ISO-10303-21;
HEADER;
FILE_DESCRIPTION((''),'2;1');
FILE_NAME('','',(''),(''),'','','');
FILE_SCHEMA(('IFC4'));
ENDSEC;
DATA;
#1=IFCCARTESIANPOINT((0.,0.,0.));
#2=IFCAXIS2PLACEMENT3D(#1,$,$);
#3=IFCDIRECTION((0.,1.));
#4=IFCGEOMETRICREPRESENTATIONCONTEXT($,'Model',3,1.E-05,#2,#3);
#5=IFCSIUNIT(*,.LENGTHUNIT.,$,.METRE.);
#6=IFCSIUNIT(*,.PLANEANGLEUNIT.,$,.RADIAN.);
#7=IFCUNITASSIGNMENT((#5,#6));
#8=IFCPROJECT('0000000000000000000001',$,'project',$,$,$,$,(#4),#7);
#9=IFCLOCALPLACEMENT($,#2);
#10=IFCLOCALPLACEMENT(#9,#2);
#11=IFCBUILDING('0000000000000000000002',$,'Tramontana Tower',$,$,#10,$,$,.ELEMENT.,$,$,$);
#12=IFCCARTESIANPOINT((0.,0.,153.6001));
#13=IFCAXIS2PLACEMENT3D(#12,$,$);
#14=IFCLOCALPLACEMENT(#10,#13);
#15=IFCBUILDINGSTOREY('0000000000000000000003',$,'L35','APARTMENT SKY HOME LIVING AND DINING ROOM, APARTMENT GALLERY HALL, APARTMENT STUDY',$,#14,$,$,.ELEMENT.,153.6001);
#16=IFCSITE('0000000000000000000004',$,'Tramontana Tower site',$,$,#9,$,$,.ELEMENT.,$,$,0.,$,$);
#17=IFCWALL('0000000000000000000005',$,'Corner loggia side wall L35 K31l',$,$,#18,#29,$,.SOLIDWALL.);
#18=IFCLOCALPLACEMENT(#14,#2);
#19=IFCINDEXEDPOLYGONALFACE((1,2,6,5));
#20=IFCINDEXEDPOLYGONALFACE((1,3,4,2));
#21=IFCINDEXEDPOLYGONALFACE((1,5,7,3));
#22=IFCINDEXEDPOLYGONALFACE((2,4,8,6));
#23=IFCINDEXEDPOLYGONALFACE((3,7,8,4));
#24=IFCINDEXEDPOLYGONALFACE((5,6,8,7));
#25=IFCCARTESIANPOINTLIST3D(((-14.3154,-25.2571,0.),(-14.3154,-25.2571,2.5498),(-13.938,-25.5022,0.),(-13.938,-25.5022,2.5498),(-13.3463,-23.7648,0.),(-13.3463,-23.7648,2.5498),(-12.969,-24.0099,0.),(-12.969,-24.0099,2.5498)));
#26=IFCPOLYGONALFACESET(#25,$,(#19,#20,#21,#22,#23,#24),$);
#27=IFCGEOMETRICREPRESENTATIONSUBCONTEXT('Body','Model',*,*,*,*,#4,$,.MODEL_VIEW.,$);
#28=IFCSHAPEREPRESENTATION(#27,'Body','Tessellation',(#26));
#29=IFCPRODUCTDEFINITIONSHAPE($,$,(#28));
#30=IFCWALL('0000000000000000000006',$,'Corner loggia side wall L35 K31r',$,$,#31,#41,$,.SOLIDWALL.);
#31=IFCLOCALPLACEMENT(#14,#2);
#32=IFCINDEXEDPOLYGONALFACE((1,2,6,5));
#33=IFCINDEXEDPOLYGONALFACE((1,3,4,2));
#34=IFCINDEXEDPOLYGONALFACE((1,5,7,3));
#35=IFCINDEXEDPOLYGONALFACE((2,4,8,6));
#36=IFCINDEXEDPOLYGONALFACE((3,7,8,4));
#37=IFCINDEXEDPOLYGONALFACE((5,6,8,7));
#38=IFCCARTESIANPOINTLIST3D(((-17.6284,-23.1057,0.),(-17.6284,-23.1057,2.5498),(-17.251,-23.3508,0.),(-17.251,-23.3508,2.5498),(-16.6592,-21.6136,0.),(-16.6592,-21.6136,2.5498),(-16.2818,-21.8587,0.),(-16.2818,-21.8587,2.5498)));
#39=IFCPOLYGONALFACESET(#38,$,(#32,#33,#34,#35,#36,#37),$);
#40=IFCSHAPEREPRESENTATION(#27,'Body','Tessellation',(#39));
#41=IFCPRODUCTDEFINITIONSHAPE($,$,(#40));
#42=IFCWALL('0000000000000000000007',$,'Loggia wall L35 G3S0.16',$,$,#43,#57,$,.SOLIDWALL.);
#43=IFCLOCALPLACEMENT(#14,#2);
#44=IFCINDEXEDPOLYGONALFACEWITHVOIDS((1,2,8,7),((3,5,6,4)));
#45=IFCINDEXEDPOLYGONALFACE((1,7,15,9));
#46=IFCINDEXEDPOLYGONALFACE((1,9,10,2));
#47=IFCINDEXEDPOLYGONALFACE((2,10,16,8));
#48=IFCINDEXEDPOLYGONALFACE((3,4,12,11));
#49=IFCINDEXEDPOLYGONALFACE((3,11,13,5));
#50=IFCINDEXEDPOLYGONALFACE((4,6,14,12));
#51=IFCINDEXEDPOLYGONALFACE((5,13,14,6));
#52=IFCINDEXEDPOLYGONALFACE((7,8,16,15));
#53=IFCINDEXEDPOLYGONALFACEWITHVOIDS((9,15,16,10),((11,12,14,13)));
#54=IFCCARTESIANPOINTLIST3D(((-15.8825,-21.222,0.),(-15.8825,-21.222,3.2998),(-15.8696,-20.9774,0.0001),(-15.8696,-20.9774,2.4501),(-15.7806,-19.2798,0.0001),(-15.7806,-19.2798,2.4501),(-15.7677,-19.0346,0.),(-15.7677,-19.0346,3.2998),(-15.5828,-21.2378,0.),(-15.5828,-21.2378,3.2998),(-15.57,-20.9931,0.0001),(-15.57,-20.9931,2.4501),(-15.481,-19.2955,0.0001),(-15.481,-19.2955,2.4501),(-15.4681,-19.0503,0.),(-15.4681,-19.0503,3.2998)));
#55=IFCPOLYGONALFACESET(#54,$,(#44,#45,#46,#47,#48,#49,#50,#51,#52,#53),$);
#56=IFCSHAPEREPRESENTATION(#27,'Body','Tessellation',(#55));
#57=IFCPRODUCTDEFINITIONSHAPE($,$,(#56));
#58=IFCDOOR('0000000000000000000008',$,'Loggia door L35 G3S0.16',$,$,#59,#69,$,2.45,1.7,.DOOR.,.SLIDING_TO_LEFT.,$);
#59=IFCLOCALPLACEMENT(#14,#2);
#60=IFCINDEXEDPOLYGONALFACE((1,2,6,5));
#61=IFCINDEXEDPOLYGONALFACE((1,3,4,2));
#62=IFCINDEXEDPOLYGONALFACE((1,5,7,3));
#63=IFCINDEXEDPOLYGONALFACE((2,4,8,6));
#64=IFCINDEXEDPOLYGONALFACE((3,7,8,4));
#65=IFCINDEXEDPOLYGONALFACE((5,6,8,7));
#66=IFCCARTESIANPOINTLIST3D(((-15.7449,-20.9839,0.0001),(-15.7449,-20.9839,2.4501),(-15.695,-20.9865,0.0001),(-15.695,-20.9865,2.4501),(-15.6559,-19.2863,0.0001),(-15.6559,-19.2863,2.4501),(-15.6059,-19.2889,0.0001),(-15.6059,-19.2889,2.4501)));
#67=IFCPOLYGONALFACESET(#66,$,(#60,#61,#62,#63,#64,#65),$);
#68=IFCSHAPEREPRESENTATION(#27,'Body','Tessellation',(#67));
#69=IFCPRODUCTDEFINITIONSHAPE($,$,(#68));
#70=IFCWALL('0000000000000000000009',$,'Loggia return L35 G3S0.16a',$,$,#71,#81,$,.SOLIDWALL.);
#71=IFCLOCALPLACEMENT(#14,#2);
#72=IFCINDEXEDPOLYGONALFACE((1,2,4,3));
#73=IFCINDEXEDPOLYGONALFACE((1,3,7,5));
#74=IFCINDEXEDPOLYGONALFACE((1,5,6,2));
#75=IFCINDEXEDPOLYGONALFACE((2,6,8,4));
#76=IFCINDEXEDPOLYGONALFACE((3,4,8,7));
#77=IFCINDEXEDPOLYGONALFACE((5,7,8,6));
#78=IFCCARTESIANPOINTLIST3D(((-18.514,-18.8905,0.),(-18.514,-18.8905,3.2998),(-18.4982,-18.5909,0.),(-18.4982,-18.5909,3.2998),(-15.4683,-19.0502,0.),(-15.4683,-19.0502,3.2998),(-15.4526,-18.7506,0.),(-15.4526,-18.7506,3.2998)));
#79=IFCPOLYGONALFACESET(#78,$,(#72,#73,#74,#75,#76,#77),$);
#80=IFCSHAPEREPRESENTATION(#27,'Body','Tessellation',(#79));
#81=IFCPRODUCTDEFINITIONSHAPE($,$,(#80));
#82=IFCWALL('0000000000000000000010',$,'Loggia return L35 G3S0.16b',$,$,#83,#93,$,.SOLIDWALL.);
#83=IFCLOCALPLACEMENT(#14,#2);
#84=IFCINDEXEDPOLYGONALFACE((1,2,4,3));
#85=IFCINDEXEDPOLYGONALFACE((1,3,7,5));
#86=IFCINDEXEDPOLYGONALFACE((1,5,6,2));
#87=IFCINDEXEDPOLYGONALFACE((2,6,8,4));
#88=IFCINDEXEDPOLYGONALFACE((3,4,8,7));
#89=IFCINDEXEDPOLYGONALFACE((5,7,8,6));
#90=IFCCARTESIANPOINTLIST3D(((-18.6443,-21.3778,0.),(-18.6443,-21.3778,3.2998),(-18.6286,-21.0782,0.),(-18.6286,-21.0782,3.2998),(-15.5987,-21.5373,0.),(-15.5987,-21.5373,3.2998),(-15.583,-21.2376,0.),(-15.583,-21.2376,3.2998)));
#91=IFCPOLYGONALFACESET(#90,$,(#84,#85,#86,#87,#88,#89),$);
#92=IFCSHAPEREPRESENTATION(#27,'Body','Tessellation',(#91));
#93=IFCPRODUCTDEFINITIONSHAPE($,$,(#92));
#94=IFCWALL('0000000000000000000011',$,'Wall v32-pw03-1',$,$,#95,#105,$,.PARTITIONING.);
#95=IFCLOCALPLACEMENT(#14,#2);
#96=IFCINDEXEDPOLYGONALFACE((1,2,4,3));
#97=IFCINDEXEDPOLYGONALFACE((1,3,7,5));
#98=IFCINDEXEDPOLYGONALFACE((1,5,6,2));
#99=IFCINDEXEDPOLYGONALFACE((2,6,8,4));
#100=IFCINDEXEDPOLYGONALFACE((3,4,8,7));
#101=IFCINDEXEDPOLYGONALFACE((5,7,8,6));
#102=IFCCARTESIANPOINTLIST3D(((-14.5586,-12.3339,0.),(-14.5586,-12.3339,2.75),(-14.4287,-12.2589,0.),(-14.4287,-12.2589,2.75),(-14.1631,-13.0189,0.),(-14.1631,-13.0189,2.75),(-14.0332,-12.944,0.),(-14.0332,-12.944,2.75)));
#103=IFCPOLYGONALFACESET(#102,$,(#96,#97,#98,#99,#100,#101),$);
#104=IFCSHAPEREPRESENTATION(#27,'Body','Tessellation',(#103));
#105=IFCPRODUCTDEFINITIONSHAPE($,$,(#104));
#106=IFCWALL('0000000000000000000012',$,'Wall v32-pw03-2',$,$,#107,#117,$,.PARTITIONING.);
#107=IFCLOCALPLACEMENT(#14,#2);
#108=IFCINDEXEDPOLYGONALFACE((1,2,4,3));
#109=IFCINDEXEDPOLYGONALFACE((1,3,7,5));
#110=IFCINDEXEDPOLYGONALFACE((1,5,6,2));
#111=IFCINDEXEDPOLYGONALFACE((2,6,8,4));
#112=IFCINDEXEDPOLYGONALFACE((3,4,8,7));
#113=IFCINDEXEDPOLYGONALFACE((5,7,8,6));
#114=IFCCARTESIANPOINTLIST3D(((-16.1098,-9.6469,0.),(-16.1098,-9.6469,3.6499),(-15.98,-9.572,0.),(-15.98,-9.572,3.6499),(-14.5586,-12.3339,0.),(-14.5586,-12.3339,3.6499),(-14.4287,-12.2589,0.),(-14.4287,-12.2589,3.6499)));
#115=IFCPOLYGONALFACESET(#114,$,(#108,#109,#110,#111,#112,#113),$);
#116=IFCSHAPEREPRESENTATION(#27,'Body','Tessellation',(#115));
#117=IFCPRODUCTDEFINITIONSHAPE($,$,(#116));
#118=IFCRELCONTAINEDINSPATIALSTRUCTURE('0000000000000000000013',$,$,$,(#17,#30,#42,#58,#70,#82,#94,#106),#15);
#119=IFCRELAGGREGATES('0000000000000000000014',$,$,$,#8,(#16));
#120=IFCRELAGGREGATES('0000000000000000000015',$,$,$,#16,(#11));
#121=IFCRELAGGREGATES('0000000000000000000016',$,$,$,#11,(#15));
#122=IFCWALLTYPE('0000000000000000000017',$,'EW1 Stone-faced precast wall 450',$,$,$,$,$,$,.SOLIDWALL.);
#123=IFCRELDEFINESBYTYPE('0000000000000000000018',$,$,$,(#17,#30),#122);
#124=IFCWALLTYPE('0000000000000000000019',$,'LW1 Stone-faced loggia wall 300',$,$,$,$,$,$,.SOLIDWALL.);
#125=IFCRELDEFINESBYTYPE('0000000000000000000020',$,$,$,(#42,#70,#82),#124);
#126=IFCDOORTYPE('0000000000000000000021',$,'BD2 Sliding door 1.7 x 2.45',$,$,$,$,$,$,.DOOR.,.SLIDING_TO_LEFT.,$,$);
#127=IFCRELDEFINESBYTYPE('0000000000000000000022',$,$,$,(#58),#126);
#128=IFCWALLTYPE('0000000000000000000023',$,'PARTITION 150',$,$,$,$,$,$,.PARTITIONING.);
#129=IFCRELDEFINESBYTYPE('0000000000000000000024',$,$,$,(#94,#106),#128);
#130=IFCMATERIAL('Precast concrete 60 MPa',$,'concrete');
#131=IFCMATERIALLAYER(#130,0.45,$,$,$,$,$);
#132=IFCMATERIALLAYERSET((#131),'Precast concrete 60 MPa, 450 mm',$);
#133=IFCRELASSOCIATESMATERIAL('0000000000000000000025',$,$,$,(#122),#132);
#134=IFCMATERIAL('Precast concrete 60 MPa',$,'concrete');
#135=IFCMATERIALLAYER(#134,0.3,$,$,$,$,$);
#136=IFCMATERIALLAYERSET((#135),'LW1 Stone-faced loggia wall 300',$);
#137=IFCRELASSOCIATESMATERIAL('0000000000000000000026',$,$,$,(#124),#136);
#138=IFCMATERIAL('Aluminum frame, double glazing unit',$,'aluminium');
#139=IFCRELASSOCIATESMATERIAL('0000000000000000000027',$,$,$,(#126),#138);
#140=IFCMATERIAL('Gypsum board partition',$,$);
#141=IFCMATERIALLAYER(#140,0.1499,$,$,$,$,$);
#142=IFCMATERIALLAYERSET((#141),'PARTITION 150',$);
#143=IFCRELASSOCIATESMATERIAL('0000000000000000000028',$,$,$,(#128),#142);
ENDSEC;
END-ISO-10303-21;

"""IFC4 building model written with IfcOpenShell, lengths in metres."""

from ifc_helpers import new_model, si_unit, direction, frame, frame_2d, origin, place, context, subcontext, project, spatial, rectangle, extrude, material, layer, layer_set, type_object, element, fill, save


model = new_model("IFC4")

# Units and contexts
model_context = context("Model", 3, precision=1e-05, world=origin(), true_north=direction((0.0, 1.0)))
body_context = subcontext(model_context, "Body", "Model", "MODEL_VIEW")
ifc_project = project(units=[si_unit("LENGTHUNIT", "METRE"), si_unit("PLANEANGLEUNIT", "RADIAN")], contexts=[model_context])

# Site, building, storey
site_placement = place(None, origin())
site = spatial("IfcSite", under=ifc_project, at=site_placement, Name="Tramontana Tower site", CompositionType="ELEMENT", RefElevation=0.0)
building_placement = place(site_placement, origin())
building = spatial("IfcBuilding", under=site, at=building_placement, Name="Tramontana Tower", CompositionType="ELEMENT")
storey_placement = place(building_placement, frame((0.0, 0.0, 153.6001)))
storey = spatial("IfcBuildingStorey", under=building, at=storey_placement, Name="L35", Description="APARTMENT SKY HOME LIVING AND DINING ROOM, APARTMENT GALLERY HALL, APARTMENT STUDY", CompositionType="ELEMENT", Elevation=153.6001)

# Shared definitions
ifc_material_1 = material(Name="Precast concrete 60 MPa", Category="concrete")
ifc_layer_1 = layer(ifc_material_1, 0.45)
ifc_layer_set_1 = layer_set([ifc_layer_1], Name="Precast concrete 60 MPa, 450 mm")
wall_type_1 = type_object("IfcWallType", Name="EW1 Stone-faced precast wall 450", PredefinedType="SOLIDWALL", material=ifc_layer_set_1)

# Walls
for number, where, z_axis, x_axis, name in (
    (1, (-14.1267, -25.3796, 0.0), (0.0, 0.0, 1.0), (0.544622, 0.838682, 0.0), "Corner loggia side wall L35 K31l"),
    (2, (-17.4397, -23.2283, 0.0), (0.0, 0.0, 1.0), (0.544718, 0.838619, 0.0), "Corner loggia side wall L35 K31r"),
):
    element("IfcWall", number, at=place(storey_placement, frame(where, z_axis=z_axis, x_axis=x_axis)), inside=storey, type_object=wall_type_1, Name=name, PredefinedType="SOLIDWALL", context=body_context, shape_type="SweptSolid", body=[
        extrude(rectangle(XDim=1.7793, YDim=0.45, at=frame_2d((0.8896, 0.0))), origin(), (0.0, 0.0, 1.0), 2.5498),
    ])

# Wall, opening, door
ifc_material_2 = material(Name="Precast concrete 60 MPa", Category="concrete")
ifc_layer_2 = layer(ifc_material_2, 0.3)
ifc_layer_set_2 = layer_set([ifc_layer_2], Name="LW1 Stone-faced loggia wall 300")
wall_type_2 = type_object("IfcWallType", Name="LW1 Stone-faced loggia wall 300", PredefinedType="SOLIDWALL", material=ifc_layer_set_2)
wall_1_placement = place(storey_placement, frame((-15.6179, -19.0425, 0.0), z_axis=(0.0, 0.0, 1.0), x_axis=(-0.052383, -0.998627, 0.0)))
wall_1 = element("IfcWall", 3, at=wall_1_placement, inside=storey, type_object=wall_type_2, Name="Loggia wall L35 G3S0.16", PredefinedType="SOLIDWALL", context=body_context, shape_type="SweptSolid", body=[
    extrude(rectangle(XDim=2.1904, YDim=0.3, at=frame_2d((1.0952, 0.0))), origin(), (0.0, 0.0, 1.0), 3.2998),
])
opening_1_placement = place(wall_1_placement, frame((0.2454, 0.0, 0.0)))
opening_1 = element("IfcOpeningElement", 4, at=opening_1_placement, cuts=wall_1, PredefinedType="OPENING", context=body_context, shape_type="SweptSolid", body=[
    extrude(rectangle(XDim=1.7, YDim=2.45, at=frame_2d((0.8501, 1.2251))), frame((0.0, 0.1599, 0.0), z_axis=(0.0, -1.0, 0.0), x_axis=(1.0, 0.0, 0.0)), (0.0, 0.0, 1.0), 0.3201),
])
ifc_material_3 = material(Name="Aluminum frame, double glazing unit", Category="aluminium")
door_type = type_object("IfcDoorType", Name="BD2 Sliding door 1.7 x 2.45", OperationType="SLIDING_TO_LEFT", PredefinedType="DOOR", material=ifc_material_3)
door_placement = place(opening_1_placement, origin())
door = element("IfcDoor", 5, at=door_placement, inside=storey, type_object=door_type, Name="Loggia door L35 G3S0.16", OperationType="SLIDING_TO_LEFT", OverallHeight=2.45, OverallWidth=1.7, PredefinedType="DOOR", context=body_context, shape_type="SweptSolid", body=[
    extrude(rectangle(XDim=1.7, YDim=2.45, at=frame_2d((0.8501, 1.2251))), frame((0.0, 0.0249, 0.0), z_axis=(0.0, -1.0, 0.0), x_axis=(1.0, 0.0, 0.0)), (0.0, 0.0, 1.0), 0.05),
])
fill(opening_1, door)

# Walls
for number, where, z_axis, x_axis, name in (
    (6, (-18.5061, -18.7407, 0.0), (0.0, 0.0, 1.0), (0.998629, -0.052353, 0.0), "Loggia return L35 G3S0.16a"),
    (7, (-18.6365, -21.228, 0.0), (0.0, 0.0, 1.0), (0.998633, -0.052273, 0.0), "Loggia return L35 G3S0.16b"),
):
    element("IfcWall", number, at=place(storey_placement, frame(where, z_axis=z_axis, x_axis=x_axis)), inside=storey, type_object=wall_type_2, Name=name, PredefinedType="SOLIDWALL", context=body_context, shape_type="SweptSolid", body=[
        extrude(rectangle(XDim=3.0498, YDim=0.3, at=frame_2d((1.5249, 0.0))), origin(), (0.0, 0.0, 1.0), 3.2998),
    ])
ifc_material_4 = material(Name="Gypsum board partition")
ifc_layer_3 = layer(ifc_material_4, 0.1499)
ifc_layer_set_3 = layer_set([ifc_layer_3], Name="PARTITION 150")
wall_type_3 = type_object("IfcWallType", Name="PARTITION 150", PredefinedType="PARTITIONING", material=ifc_layer_set_3)
wall_2_placement = place(storey_placement, frame((-14.0981, -12.9814, 0.0), z_axis=(0.0, 0.0, 1.0), x_axis=(-0.49999, 0.866031, 0.0)))
element("IfcWall", 8, at=wall_2_placement, inside=storey, type_object=wall_type_3, Name="Wall v32-pw03-1", PredefinedType="PARTITIONING", context=body_context, shape_type="SweptSolid", body=[
    extrude(rectangle(XDim=0.791, YDim=0.1499, at=frame_2d((0.3955, 0.0))), origin(), (0.0, 0.0, 1.0), 2.75),
])
wall_3_placement = place(storey_placement, frame((-14.4937, -12.2964, 0.0), z_axis=(0.0, 0.0, 1.0), x_axis=(-0.499981, 0.866036, 0.0)))
element("IfcWall", 9, at=wall_3_placement, inside=storey, type_object=wall_type_3, Name="Wall v32-pw03-2", PredefinedType="PARTITIONING", context=body_context, shape_type="SweptSolid", body=[
    extrude(rectangle(XDim=3.1025, YDim=0.1499, at=frame_2d((1.5513, 0.0))), origin(), (0.0, 0.0, 1.0), 3.6499),
])

save(model, "model.ifc")
